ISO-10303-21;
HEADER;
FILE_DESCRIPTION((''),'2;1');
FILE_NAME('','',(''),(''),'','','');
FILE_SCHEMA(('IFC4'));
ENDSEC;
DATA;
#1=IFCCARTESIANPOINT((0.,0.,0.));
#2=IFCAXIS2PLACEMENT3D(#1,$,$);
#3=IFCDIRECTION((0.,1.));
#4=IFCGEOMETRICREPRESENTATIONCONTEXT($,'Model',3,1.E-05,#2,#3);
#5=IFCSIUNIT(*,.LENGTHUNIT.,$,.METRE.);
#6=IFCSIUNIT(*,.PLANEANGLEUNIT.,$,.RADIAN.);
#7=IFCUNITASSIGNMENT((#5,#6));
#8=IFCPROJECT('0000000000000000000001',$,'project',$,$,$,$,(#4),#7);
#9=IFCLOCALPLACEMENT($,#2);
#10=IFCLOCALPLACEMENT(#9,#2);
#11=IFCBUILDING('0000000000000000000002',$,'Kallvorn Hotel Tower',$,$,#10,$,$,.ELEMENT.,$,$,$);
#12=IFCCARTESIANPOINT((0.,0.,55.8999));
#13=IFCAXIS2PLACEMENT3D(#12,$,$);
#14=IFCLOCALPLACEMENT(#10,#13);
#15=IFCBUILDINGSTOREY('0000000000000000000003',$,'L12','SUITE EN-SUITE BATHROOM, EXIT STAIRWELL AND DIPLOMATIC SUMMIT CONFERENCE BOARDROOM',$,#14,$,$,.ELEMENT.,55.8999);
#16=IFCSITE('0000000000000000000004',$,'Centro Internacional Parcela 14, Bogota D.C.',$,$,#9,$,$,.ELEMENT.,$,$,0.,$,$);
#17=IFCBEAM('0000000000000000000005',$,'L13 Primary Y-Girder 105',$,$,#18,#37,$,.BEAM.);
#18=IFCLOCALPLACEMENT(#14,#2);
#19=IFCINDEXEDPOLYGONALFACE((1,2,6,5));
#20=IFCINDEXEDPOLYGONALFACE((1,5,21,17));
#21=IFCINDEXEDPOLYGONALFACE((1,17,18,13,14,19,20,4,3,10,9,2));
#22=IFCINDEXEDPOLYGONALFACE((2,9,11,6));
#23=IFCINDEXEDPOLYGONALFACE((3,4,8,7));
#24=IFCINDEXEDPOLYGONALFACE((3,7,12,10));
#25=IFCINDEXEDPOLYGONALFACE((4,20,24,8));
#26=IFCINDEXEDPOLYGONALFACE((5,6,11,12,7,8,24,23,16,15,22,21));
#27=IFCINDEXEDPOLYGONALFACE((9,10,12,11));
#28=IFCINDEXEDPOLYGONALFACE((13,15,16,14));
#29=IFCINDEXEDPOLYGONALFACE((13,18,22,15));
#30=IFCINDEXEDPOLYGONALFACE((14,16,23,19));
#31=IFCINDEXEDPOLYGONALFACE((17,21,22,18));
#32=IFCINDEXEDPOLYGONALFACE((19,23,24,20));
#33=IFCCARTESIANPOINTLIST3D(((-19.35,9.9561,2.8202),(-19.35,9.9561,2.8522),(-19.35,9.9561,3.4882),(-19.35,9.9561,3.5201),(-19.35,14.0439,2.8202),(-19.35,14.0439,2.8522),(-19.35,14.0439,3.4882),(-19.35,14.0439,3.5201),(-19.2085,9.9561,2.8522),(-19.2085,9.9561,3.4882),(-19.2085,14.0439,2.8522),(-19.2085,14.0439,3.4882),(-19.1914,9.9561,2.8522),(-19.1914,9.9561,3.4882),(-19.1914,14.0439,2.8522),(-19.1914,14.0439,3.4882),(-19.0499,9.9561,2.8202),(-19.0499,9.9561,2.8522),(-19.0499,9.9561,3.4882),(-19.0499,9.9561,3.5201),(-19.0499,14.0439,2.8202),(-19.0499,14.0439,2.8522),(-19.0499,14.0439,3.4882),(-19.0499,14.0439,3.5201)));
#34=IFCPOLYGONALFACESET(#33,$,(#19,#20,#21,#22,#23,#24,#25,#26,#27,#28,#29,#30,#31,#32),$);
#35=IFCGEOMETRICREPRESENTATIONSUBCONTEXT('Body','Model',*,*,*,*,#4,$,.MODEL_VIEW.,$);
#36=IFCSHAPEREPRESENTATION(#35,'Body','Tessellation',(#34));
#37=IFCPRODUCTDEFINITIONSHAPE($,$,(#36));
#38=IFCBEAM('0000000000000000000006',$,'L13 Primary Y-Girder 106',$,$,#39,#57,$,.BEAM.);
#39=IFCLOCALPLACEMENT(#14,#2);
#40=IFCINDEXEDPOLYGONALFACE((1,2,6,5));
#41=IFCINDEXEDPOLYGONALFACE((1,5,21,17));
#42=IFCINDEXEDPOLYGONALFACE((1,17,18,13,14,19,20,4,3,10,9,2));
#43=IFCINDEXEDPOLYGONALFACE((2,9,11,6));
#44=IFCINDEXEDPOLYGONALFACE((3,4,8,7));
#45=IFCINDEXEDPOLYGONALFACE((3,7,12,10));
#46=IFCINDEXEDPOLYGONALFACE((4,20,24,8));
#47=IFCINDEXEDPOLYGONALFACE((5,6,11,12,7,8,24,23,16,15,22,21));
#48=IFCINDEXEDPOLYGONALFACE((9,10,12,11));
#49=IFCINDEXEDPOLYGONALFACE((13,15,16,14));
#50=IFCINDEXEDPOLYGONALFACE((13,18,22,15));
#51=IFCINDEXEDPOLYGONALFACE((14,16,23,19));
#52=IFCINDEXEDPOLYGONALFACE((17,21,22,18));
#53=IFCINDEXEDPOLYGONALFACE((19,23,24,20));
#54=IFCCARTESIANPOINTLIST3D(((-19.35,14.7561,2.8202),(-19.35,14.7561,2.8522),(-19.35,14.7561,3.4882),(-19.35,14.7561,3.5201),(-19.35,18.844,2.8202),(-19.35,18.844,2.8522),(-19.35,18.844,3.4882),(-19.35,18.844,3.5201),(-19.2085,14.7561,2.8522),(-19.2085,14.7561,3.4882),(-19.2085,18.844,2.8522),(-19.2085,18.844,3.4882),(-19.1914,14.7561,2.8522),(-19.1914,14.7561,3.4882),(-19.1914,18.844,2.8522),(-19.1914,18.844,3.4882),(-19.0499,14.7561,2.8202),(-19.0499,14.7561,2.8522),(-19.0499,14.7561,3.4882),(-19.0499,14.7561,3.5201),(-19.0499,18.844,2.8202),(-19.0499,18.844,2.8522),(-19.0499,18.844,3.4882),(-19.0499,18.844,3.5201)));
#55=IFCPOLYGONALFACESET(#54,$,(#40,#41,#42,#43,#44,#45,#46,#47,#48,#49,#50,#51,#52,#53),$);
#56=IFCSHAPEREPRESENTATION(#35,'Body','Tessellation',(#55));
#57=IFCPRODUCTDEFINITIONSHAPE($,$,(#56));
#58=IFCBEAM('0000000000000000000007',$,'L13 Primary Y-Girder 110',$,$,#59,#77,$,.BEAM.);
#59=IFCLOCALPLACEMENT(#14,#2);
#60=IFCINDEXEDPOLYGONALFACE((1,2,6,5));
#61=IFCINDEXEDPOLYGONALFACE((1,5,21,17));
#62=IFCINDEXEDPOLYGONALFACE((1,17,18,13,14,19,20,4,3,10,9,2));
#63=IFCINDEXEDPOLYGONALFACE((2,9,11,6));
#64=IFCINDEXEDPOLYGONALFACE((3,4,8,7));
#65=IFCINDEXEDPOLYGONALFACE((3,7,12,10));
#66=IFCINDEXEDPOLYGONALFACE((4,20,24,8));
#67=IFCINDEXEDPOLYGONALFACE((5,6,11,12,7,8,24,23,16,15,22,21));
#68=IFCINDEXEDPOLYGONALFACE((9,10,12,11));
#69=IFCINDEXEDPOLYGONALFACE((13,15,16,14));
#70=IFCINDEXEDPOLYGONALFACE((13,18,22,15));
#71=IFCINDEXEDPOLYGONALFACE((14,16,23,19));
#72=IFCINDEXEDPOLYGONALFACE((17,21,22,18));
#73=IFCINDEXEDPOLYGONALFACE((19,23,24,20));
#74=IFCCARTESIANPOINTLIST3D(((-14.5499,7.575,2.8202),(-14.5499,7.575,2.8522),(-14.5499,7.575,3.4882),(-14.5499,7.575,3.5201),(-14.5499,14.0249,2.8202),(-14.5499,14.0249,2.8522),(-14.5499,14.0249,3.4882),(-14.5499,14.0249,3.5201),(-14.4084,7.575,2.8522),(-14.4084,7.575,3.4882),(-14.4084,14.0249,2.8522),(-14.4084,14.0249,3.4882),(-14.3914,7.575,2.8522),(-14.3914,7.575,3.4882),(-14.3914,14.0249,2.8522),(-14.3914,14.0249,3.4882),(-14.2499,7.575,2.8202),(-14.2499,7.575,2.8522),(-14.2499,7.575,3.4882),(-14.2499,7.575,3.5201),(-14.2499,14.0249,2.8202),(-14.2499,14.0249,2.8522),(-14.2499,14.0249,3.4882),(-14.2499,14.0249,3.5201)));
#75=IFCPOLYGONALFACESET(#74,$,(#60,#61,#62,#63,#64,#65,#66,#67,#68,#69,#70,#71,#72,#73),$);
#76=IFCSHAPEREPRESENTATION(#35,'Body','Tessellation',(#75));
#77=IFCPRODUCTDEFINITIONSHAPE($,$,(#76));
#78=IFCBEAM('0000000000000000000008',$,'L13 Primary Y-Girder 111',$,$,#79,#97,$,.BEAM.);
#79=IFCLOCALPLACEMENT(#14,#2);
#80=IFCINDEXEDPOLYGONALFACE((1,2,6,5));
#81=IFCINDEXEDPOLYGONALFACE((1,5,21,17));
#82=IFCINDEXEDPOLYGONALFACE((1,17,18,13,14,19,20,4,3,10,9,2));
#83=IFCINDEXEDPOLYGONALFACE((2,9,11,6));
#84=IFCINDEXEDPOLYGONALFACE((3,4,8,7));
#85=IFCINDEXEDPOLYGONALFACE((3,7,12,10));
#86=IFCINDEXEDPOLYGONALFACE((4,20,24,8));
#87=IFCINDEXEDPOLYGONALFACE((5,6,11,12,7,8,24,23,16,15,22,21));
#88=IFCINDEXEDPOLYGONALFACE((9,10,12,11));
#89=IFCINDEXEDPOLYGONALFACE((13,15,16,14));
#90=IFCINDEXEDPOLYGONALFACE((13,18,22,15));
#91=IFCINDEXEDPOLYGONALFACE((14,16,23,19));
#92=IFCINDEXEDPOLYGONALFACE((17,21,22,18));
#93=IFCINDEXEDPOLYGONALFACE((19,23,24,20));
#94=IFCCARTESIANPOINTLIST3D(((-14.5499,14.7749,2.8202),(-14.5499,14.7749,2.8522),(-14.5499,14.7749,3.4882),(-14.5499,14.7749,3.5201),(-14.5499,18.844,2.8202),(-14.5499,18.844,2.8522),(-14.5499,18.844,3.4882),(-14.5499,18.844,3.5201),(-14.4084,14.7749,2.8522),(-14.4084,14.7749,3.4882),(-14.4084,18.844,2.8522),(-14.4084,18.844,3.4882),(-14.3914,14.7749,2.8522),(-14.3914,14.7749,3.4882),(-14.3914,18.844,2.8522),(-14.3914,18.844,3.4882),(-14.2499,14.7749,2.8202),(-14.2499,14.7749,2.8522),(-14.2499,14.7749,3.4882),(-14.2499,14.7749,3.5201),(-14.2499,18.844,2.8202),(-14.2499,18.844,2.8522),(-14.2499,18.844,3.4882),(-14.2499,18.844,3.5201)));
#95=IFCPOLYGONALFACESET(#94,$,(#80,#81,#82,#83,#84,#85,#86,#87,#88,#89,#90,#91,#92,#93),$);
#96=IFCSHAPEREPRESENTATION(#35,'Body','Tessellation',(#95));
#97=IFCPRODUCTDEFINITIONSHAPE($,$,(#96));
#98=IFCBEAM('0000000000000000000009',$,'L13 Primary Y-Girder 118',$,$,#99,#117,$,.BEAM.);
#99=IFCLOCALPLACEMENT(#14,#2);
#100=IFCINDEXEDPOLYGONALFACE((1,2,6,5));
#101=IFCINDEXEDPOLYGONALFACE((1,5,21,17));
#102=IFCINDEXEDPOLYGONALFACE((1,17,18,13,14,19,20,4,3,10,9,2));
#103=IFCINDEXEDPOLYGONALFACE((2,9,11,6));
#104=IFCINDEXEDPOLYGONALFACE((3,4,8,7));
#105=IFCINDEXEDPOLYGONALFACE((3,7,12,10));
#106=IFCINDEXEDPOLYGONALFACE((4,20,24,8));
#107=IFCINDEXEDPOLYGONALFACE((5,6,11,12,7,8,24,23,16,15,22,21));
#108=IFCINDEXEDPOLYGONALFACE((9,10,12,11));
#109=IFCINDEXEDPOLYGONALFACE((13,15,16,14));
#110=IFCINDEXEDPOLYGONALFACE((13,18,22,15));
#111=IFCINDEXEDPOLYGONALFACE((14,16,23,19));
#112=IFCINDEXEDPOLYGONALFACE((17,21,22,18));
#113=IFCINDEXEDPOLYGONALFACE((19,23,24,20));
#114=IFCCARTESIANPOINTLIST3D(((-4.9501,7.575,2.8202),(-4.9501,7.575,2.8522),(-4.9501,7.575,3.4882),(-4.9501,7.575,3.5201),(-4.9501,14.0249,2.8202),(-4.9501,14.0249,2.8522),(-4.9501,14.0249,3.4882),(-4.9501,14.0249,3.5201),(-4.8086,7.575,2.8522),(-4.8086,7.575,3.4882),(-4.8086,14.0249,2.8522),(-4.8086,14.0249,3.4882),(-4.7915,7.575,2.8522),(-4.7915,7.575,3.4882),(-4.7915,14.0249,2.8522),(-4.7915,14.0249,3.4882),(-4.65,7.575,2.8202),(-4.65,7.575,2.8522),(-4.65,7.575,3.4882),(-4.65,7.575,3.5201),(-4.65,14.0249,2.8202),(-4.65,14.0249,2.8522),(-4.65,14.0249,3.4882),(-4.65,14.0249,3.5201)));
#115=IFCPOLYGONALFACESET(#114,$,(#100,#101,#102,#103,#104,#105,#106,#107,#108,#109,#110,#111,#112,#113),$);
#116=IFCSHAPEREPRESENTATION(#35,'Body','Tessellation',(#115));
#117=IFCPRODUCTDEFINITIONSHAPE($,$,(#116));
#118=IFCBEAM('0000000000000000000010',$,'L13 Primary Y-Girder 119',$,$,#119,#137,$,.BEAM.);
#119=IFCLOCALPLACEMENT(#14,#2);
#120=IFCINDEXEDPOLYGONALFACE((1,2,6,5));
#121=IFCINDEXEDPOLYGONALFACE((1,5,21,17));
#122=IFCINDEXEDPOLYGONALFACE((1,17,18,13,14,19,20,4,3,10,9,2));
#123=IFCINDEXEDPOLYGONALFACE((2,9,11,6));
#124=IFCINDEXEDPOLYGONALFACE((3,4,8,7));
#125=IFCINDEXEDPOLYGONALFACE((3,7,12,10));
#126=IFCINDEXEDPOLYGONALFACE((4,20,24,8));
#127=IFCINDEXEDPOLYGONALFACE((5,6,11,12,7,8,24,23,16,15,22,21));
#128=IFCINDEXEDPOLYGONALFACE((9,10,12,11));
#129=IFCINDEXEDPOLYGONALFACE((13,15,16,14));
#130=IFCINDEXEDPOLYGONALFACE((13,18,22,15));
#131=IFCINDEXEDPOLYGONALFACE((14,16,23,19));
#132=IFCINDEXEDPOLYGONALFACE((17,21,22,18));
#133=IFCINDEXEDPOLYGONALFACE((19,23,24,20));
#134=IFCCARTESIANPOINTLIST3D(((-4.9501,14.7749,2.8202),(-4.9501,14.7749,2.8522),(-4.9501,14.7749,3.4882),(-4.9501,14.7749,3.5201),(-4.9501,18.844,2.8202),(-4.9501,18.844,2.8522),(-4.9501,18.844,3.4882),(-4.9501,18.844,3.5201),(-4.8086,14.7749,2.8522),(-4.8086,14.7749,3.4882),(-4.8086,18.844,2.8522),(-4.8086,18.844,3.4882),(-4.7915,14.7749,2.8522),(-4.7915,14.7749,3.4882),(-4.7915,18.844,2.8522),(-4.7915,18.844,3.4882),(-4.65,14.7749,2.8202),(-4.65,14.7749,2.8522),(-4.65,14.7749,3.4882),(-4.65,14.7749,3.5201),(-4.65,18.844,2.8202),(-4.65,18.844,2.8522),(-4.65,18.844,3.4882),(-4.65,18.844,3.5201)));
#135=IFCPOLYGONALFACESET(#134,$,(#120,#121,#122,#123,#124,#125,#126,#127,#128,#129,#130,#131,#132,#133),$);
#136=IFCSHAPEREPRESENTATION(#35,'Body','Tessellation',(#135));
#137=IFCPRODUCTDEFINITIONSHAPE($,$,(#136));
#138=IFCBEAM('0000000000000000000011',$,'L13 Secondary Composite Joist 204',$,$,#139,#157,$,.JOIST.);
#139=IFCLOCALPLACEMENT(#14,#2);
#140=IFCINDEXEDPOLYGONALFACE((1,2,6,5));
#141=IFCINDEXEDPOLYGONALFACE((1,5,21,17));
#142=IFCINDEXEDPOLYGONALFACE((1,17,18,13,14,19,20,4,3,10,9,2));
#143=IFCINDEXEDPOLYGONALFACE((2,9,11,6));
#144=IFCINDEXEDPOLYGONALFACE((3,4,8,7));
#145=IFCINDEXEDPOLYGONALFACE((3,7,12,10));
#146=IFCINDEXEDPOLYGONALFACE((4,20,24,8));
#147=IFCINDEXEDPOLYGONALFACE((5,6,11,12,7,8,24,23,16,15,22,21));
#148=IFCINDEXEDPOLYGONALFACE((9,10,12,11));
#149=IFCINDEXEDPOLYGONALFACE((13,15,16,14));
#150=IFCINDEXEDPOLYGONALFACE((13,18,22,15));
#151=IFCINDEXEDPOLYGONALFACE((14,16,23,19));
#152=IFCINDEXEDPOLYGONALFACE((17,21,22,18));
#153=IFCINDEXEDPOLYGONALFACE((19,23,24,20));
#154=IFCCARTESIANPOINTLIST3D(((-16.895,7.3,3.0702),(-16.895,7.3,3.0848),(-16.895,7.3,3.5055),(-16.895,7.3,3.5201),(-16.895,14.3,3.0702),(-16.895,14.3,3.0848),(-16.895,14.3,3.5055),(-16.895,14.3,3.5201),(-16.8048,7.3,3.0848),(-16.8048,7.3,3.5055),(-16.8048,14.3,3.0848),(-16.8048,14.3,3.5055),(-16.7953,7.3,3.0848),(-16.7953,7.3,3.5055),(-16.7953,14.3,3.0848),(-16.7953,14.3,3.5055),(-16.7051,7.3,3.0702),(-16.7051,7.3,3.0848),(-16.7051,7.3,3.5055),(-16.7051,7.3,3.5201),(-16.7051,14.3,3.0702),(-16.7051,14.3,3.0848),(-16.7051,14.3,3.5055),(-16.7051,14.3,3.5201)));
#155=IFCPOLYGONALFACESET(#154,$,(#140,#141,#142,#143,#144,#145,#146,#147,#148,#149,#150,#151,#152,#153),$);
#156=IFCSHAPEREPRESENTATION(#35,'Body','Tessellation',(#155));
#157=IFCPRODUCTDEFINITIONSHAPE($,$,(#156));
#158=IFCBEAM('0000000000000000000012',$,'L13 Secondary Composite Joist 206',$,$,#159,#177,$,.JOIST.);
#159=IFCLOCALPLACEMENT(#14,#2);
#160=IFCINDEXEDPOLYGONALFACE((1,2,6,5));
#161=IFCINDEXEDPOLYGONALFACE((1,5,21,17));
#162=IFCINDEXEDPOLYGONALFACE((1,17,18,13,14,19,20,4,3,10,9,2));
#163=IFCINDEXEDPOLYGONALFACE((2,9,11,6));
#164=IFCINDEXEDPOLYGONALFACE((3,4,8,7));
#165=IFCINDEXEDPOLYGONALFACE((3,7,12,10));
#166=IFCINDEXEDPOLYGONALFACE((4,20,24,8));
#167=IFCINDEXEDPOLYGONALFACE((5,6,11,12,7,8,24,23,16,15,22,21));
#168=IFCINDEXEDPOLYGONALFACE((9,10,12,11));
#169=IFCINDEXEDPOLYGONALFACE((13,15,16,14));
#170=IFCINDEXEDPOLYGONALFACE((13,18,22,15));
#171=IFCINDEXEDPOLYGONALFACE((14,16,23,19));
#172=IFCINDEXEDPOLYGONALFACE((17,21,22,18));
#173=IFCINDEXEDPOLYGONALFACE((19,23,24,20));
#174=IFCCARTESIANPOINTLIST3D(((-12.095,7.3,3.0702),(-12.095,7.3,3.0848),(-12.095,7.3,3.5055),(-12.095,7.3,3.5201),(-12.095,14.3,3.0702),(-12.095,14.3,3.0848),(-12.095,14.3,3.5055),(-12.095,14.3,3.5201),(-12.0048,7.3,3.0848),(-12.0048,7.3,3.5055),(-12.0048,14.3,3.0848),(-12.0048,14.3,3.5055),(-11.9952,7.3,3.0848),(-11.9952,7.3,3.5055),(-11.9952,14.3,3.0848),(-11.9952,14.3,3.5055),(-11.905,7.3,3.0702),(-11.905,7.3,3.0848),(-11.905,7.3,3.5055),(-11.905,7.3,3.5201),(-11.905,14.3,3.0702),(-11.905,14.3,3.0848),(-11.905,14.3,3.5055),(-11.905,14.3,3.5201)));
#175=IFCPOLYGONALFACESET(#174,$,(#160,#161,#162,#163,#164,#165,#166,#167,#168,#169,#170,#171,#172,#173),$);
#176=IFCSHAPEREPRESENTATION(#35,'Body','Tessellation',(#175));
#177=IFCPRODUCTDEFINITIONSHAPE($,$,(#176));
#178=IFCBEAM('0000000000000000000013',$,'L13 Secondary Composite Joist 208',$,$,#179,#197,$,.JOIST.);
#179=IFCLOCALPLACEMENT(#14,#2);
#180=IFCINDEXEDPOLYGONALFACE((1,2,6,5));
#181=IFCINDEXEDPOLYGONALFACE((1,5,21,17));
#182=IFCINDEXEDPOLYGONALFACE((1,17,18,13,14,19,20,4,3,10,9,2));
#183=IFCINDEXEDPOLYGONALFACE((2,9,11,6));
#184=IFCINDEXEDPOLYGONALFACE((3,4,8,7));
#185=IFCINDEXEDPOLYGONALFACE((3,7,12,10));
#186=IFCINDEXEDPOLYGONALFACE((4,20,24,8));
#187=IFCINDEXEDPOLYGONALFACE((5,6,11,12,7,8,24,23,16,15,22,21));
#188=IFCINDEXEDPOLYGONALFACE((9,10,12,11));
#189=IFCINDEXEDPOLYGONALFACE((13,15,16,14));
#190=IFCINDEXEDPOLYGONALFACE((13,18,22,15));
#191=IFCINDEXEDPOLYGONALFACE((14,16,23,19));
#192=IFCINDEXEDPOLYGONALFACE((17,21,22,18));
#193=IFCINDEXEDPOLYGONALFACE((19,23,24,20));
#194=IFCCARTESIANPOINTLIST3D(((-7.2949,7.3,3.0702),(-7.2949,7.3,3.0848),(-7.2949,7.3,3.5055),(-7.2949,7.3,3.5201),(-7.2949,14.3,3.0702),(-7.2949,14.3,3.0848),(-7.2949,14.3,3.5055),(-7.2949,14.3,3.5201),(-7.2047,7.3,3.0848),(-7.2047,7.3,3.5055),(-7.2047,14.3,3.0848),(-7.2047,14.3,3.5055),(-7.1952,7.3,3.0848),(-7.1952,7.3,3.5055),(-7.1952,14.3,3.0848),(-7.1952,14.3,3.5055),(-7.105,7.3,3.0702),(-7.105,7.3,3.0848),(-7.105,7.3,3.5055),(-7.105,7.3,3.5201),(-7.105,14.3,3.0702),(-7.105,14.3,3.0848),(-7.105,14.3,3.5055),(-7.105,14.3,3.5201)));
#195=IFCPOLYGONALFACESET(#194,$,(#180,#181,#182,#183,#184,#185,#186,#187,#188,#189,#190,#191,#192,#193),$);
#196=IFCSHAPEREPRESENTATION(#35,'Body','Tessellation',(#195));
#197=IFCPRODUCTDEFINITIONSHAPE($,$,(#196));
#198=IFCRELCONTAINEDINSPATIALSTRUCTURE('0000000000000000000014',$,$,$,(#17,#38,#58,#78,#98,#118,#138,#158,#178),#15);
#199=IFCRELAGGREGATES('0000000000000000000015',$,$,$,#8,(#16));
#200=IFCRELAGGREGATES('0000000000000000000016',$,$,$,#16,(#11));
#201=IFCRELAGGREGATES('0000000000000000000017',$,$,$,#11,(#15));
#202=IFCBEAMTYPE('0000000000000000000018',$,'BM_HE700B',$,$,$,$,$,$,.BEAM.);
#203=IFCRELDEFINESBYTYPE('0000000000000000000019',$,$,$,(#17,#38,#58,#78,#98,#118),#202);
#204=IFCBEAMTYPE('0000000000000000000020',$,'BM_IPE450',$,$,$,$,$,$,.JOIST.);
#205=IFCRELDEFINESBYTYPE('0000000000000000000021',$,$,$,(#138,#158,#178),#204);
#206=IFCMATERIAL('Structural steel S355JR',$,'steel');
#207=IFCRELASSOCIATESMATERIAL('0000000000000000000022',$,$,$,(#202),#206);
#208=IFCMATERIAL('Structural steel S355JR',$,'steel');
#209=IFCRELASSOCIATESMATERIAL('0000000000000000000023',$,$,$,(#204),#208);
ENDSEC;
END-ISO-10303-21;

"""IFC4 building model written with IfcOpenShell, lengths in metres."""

from ifc_helpers import new_model, si_unit, direction, frame, origin, origin_2d, place, context, subcontext, project, spatial, i_section, extrude, material, material_profile, profile_set, type_object, element, save


model = new_model("IFC4")

# Units and contexts
model_context = context("Model", 3, precision=1e-05, world=origin(), true_north=direction((0.0, 1.0)))
body_context = subcontext(model_context, "Body", "Model", "MODEL_VIEW")
ifc_project = project(units=[si_unit("LENGTHUNIT", "METRE"), si_unit("PLANEANGLEUNIT", "RADIAN")], contexts=[model_context])

# Site, building, storey
site_placement = place(None, origin())
site = spatial("IfcSite", under=ifc_project, at=site_placement, Name="Centro Internacional Parcela 14, Bogota D.C.", CompositionType="ELEMENT", RefElevation=0.0)
building_placement = place(site_placement, origin())
building = spatial("IfcBuilding", under=site, at=building_placement, Name="Kallvorn Hotel Tower", CompositionType="ELEMENT")
storey_placement = place(building_placement, frame((0.0, 0.0, 55.8999)))
storey = spatial("IfcBuildingStorey", under=building, at=storey_placement, Name="L12", Description="SUITE EN-SUITE BATHROOM, EXIT STAIRWELL AND DIPLOMATIC SUMMIT CONFERENCE BOARDROOM", CompositionType="ELEMENT", Elevation=55.8999)

# Beams
ifc_material_1 = material(Name="Structural steel S355JR", Category="steel")
ifc_material_profile_1 = material_profile(ifc_material_1, i_section(OverallWidth=0.3, OverallDepth=0.7, WebThickness=0.0171, FlangeThickness=0.032, at=origin_2d()), Name="HE 700 B")
ifc_profile_set_1 = profile_set([ifc_material_profile_1], Name="Structural steel S355JR")
beam_type_1 = type_object("IfcBeamType", Name="BM_HE700B", PredefinedType="BEAM", material=ifc_profile_set_1)
for number, where, z_axis, x_axis, name in (
    (1, (-19.2, 9.9561, 3.1702), (0.0, 1.0, 0.0), (-1.0, 0.0, 0.0), "L13 Primary Y-Girder 105"),
    (2, (-19.2, 14.7561, 3.1702), (0.0, 1.0, 0.0), (-1.0, 0.0, 0.0), "L13 Primary Y-Girder 106"),
):
    element("IfcBeam", number, at=place(storey_placement, frame(where, z_axis=z_axis, x_axis=x_axis)), inside=storey, type_object=beam_type_1, Name=name, PredefinedType="BEAM", context=body_context, shape_type="SweptSolid", body=[
        extrude(i_section(OverallWidth=0.3, OverallDepth=0.7, WebThickness=0.0171, FlangeThickness=0.032, at=origin_2d()), origin(), (0.0, 0.0, 1.0), 4.0879),
    ])
beam_1_placement = place(storey_placement, frame((-14.3999, 7.575, 3.1702), z_axis=(0.0, 1.0, 0.0), x_axis=(-1.0, 0.0, 0.0)))
element("IfcBeam", 3, at=beam_1_placement, inside=storey, type_object=beam_type_1, Name="L13 Primary Y-Girder 110", PredefinedType="BEAM", context=body_context, shape_type="SweptSolid", body=[
    extrude(i_section(OverallWidth=0.3, OverallDepth=0.7, WebThickness=0.0171, FlangeThickness=0.032, at=origin_2d()), origin(), (0.0, 0.0, 1.0), 6.45),
])
beam_2_placement = place(storey_placement, frame((-14.3999, 14.7749, 3.1702), z_axis=(0.0, 1.0, 0.0), x_axis=(-1.0, 0.0, 0.0)))
element("IfcBeam", 4, at=beam_2_placement, inside=storey, type_object=beam_type_1, Name="L13 Primary Y-Girder 111", PredefinedType="BEAM", context=body_context, shape_type="SweptSolid", body=[
    extrude(i_section(OverallWidth=0.3, OverallDepth=0.7, WebThickness=0.0171, FlangeThickness=0.032, at=origin_2d()), origin(), (0.0, 0.0, 1.0), 4.0691),
])
beam_3_placement = place(storey_placement, frame((-4.8, 7.575, 3.1702), z_axis=(0.0, 1.0, 0.0), x_axis=(-1.0, 0.0, 0.0)))
element("IfcBeam", 5, at=beam_3_placement, inside=storey, type_object=beam_type_1, Name="L13 Primary Y-Girder 118", PredefinedType="BEAM", context=body_context, shape_type="SweptSolid", body=[
    extrude(i_section(OverallWidth=0.3, OverallDepth=0.7, WebThickness=0.0171, FlangeThickness=0.032, at=origin_2d()), origin(), (0.0, 0.0, 1.0), 6.45),
])
beam_4_placement = place(storey_placement, frame((-4.8, 14.7749, 3.1702), z_axis=(0.0, 1.0, 0.0), x_axis=(-1.0, 0.0, 0.0)))
element("IfcBeam", 6, at=beam_4_placement, inside=storey, type_object=beam_type_1, Name="L13 Primary Y-Girder 119", PredefinedType="BEAM", context=body_context, shape_type="SweptSolid", body=[
    extrude(i_section(OverallWidth=0.3, OverallDepth=0.7, WebThickness=0.0171, FlangeThickness=0.032, at=origin_2d()), origin(), (0.0, 0.0, 1.0), 4.0691),
])
ifc_material_2 = material(Name="Structural steel S355JR", Category="steel")
ifc_material_profile_2 = material_profile(ifc_material_2, i_section(OverallWidth=0.1899, OverallDepth=0.45, WebThickness=0.0095, FlangeThickness=0.0146, at=origin_2d()), Name="IPE 450")
ifc_profile_set_2 = profile_set([ifc_material_profile_2], Name="Structural steel S355JR")
beam_type_2 = type_object("IfcBeamType", Name="BM_IPE450", PredefinedType="JOIST", material=ifc_profile_set_2)
for number, where, z_axis, x_axis, name in (
    (7, (-16.8, 7.3, 3.2952), (0.0, 1.0, 0.0), (-1.0, 0.0, 0.0), "L13 Secondary Composite Joist 204"),
    (8, (-12.0, 7.3, 3.2952), (0.0, 1.0, 0.0), (-1.0, 0.0, 0.0), "L13 Secondary Composite Joist 206"),
    (9, (-7.2, 7.3, 3.2952), (0.0, 1.0, 0.0), (-1.0, 0.0, 0.0), "L13 Secondary Composite Joist 208"),
):
    element("IfcBeam", number, at=place(storey_placement, frame(where, z_axis=z_axis, x_axis=x_axis)), inside=storey, type_object=beam_type_2, Name=name, PredefinedType="JOIST", context=body_context, shape_type="SweptSolid", body=[
        extrude(i_section(OverallWidth=0.1899, OverallDepth=0.45, WebThickness=0.0095, FlangeThickness=0.0146, at=origin_2d()), origin(), (0.0, 0.0, 1.0), 7.0),
    ])

save(model, "model.ifc")
